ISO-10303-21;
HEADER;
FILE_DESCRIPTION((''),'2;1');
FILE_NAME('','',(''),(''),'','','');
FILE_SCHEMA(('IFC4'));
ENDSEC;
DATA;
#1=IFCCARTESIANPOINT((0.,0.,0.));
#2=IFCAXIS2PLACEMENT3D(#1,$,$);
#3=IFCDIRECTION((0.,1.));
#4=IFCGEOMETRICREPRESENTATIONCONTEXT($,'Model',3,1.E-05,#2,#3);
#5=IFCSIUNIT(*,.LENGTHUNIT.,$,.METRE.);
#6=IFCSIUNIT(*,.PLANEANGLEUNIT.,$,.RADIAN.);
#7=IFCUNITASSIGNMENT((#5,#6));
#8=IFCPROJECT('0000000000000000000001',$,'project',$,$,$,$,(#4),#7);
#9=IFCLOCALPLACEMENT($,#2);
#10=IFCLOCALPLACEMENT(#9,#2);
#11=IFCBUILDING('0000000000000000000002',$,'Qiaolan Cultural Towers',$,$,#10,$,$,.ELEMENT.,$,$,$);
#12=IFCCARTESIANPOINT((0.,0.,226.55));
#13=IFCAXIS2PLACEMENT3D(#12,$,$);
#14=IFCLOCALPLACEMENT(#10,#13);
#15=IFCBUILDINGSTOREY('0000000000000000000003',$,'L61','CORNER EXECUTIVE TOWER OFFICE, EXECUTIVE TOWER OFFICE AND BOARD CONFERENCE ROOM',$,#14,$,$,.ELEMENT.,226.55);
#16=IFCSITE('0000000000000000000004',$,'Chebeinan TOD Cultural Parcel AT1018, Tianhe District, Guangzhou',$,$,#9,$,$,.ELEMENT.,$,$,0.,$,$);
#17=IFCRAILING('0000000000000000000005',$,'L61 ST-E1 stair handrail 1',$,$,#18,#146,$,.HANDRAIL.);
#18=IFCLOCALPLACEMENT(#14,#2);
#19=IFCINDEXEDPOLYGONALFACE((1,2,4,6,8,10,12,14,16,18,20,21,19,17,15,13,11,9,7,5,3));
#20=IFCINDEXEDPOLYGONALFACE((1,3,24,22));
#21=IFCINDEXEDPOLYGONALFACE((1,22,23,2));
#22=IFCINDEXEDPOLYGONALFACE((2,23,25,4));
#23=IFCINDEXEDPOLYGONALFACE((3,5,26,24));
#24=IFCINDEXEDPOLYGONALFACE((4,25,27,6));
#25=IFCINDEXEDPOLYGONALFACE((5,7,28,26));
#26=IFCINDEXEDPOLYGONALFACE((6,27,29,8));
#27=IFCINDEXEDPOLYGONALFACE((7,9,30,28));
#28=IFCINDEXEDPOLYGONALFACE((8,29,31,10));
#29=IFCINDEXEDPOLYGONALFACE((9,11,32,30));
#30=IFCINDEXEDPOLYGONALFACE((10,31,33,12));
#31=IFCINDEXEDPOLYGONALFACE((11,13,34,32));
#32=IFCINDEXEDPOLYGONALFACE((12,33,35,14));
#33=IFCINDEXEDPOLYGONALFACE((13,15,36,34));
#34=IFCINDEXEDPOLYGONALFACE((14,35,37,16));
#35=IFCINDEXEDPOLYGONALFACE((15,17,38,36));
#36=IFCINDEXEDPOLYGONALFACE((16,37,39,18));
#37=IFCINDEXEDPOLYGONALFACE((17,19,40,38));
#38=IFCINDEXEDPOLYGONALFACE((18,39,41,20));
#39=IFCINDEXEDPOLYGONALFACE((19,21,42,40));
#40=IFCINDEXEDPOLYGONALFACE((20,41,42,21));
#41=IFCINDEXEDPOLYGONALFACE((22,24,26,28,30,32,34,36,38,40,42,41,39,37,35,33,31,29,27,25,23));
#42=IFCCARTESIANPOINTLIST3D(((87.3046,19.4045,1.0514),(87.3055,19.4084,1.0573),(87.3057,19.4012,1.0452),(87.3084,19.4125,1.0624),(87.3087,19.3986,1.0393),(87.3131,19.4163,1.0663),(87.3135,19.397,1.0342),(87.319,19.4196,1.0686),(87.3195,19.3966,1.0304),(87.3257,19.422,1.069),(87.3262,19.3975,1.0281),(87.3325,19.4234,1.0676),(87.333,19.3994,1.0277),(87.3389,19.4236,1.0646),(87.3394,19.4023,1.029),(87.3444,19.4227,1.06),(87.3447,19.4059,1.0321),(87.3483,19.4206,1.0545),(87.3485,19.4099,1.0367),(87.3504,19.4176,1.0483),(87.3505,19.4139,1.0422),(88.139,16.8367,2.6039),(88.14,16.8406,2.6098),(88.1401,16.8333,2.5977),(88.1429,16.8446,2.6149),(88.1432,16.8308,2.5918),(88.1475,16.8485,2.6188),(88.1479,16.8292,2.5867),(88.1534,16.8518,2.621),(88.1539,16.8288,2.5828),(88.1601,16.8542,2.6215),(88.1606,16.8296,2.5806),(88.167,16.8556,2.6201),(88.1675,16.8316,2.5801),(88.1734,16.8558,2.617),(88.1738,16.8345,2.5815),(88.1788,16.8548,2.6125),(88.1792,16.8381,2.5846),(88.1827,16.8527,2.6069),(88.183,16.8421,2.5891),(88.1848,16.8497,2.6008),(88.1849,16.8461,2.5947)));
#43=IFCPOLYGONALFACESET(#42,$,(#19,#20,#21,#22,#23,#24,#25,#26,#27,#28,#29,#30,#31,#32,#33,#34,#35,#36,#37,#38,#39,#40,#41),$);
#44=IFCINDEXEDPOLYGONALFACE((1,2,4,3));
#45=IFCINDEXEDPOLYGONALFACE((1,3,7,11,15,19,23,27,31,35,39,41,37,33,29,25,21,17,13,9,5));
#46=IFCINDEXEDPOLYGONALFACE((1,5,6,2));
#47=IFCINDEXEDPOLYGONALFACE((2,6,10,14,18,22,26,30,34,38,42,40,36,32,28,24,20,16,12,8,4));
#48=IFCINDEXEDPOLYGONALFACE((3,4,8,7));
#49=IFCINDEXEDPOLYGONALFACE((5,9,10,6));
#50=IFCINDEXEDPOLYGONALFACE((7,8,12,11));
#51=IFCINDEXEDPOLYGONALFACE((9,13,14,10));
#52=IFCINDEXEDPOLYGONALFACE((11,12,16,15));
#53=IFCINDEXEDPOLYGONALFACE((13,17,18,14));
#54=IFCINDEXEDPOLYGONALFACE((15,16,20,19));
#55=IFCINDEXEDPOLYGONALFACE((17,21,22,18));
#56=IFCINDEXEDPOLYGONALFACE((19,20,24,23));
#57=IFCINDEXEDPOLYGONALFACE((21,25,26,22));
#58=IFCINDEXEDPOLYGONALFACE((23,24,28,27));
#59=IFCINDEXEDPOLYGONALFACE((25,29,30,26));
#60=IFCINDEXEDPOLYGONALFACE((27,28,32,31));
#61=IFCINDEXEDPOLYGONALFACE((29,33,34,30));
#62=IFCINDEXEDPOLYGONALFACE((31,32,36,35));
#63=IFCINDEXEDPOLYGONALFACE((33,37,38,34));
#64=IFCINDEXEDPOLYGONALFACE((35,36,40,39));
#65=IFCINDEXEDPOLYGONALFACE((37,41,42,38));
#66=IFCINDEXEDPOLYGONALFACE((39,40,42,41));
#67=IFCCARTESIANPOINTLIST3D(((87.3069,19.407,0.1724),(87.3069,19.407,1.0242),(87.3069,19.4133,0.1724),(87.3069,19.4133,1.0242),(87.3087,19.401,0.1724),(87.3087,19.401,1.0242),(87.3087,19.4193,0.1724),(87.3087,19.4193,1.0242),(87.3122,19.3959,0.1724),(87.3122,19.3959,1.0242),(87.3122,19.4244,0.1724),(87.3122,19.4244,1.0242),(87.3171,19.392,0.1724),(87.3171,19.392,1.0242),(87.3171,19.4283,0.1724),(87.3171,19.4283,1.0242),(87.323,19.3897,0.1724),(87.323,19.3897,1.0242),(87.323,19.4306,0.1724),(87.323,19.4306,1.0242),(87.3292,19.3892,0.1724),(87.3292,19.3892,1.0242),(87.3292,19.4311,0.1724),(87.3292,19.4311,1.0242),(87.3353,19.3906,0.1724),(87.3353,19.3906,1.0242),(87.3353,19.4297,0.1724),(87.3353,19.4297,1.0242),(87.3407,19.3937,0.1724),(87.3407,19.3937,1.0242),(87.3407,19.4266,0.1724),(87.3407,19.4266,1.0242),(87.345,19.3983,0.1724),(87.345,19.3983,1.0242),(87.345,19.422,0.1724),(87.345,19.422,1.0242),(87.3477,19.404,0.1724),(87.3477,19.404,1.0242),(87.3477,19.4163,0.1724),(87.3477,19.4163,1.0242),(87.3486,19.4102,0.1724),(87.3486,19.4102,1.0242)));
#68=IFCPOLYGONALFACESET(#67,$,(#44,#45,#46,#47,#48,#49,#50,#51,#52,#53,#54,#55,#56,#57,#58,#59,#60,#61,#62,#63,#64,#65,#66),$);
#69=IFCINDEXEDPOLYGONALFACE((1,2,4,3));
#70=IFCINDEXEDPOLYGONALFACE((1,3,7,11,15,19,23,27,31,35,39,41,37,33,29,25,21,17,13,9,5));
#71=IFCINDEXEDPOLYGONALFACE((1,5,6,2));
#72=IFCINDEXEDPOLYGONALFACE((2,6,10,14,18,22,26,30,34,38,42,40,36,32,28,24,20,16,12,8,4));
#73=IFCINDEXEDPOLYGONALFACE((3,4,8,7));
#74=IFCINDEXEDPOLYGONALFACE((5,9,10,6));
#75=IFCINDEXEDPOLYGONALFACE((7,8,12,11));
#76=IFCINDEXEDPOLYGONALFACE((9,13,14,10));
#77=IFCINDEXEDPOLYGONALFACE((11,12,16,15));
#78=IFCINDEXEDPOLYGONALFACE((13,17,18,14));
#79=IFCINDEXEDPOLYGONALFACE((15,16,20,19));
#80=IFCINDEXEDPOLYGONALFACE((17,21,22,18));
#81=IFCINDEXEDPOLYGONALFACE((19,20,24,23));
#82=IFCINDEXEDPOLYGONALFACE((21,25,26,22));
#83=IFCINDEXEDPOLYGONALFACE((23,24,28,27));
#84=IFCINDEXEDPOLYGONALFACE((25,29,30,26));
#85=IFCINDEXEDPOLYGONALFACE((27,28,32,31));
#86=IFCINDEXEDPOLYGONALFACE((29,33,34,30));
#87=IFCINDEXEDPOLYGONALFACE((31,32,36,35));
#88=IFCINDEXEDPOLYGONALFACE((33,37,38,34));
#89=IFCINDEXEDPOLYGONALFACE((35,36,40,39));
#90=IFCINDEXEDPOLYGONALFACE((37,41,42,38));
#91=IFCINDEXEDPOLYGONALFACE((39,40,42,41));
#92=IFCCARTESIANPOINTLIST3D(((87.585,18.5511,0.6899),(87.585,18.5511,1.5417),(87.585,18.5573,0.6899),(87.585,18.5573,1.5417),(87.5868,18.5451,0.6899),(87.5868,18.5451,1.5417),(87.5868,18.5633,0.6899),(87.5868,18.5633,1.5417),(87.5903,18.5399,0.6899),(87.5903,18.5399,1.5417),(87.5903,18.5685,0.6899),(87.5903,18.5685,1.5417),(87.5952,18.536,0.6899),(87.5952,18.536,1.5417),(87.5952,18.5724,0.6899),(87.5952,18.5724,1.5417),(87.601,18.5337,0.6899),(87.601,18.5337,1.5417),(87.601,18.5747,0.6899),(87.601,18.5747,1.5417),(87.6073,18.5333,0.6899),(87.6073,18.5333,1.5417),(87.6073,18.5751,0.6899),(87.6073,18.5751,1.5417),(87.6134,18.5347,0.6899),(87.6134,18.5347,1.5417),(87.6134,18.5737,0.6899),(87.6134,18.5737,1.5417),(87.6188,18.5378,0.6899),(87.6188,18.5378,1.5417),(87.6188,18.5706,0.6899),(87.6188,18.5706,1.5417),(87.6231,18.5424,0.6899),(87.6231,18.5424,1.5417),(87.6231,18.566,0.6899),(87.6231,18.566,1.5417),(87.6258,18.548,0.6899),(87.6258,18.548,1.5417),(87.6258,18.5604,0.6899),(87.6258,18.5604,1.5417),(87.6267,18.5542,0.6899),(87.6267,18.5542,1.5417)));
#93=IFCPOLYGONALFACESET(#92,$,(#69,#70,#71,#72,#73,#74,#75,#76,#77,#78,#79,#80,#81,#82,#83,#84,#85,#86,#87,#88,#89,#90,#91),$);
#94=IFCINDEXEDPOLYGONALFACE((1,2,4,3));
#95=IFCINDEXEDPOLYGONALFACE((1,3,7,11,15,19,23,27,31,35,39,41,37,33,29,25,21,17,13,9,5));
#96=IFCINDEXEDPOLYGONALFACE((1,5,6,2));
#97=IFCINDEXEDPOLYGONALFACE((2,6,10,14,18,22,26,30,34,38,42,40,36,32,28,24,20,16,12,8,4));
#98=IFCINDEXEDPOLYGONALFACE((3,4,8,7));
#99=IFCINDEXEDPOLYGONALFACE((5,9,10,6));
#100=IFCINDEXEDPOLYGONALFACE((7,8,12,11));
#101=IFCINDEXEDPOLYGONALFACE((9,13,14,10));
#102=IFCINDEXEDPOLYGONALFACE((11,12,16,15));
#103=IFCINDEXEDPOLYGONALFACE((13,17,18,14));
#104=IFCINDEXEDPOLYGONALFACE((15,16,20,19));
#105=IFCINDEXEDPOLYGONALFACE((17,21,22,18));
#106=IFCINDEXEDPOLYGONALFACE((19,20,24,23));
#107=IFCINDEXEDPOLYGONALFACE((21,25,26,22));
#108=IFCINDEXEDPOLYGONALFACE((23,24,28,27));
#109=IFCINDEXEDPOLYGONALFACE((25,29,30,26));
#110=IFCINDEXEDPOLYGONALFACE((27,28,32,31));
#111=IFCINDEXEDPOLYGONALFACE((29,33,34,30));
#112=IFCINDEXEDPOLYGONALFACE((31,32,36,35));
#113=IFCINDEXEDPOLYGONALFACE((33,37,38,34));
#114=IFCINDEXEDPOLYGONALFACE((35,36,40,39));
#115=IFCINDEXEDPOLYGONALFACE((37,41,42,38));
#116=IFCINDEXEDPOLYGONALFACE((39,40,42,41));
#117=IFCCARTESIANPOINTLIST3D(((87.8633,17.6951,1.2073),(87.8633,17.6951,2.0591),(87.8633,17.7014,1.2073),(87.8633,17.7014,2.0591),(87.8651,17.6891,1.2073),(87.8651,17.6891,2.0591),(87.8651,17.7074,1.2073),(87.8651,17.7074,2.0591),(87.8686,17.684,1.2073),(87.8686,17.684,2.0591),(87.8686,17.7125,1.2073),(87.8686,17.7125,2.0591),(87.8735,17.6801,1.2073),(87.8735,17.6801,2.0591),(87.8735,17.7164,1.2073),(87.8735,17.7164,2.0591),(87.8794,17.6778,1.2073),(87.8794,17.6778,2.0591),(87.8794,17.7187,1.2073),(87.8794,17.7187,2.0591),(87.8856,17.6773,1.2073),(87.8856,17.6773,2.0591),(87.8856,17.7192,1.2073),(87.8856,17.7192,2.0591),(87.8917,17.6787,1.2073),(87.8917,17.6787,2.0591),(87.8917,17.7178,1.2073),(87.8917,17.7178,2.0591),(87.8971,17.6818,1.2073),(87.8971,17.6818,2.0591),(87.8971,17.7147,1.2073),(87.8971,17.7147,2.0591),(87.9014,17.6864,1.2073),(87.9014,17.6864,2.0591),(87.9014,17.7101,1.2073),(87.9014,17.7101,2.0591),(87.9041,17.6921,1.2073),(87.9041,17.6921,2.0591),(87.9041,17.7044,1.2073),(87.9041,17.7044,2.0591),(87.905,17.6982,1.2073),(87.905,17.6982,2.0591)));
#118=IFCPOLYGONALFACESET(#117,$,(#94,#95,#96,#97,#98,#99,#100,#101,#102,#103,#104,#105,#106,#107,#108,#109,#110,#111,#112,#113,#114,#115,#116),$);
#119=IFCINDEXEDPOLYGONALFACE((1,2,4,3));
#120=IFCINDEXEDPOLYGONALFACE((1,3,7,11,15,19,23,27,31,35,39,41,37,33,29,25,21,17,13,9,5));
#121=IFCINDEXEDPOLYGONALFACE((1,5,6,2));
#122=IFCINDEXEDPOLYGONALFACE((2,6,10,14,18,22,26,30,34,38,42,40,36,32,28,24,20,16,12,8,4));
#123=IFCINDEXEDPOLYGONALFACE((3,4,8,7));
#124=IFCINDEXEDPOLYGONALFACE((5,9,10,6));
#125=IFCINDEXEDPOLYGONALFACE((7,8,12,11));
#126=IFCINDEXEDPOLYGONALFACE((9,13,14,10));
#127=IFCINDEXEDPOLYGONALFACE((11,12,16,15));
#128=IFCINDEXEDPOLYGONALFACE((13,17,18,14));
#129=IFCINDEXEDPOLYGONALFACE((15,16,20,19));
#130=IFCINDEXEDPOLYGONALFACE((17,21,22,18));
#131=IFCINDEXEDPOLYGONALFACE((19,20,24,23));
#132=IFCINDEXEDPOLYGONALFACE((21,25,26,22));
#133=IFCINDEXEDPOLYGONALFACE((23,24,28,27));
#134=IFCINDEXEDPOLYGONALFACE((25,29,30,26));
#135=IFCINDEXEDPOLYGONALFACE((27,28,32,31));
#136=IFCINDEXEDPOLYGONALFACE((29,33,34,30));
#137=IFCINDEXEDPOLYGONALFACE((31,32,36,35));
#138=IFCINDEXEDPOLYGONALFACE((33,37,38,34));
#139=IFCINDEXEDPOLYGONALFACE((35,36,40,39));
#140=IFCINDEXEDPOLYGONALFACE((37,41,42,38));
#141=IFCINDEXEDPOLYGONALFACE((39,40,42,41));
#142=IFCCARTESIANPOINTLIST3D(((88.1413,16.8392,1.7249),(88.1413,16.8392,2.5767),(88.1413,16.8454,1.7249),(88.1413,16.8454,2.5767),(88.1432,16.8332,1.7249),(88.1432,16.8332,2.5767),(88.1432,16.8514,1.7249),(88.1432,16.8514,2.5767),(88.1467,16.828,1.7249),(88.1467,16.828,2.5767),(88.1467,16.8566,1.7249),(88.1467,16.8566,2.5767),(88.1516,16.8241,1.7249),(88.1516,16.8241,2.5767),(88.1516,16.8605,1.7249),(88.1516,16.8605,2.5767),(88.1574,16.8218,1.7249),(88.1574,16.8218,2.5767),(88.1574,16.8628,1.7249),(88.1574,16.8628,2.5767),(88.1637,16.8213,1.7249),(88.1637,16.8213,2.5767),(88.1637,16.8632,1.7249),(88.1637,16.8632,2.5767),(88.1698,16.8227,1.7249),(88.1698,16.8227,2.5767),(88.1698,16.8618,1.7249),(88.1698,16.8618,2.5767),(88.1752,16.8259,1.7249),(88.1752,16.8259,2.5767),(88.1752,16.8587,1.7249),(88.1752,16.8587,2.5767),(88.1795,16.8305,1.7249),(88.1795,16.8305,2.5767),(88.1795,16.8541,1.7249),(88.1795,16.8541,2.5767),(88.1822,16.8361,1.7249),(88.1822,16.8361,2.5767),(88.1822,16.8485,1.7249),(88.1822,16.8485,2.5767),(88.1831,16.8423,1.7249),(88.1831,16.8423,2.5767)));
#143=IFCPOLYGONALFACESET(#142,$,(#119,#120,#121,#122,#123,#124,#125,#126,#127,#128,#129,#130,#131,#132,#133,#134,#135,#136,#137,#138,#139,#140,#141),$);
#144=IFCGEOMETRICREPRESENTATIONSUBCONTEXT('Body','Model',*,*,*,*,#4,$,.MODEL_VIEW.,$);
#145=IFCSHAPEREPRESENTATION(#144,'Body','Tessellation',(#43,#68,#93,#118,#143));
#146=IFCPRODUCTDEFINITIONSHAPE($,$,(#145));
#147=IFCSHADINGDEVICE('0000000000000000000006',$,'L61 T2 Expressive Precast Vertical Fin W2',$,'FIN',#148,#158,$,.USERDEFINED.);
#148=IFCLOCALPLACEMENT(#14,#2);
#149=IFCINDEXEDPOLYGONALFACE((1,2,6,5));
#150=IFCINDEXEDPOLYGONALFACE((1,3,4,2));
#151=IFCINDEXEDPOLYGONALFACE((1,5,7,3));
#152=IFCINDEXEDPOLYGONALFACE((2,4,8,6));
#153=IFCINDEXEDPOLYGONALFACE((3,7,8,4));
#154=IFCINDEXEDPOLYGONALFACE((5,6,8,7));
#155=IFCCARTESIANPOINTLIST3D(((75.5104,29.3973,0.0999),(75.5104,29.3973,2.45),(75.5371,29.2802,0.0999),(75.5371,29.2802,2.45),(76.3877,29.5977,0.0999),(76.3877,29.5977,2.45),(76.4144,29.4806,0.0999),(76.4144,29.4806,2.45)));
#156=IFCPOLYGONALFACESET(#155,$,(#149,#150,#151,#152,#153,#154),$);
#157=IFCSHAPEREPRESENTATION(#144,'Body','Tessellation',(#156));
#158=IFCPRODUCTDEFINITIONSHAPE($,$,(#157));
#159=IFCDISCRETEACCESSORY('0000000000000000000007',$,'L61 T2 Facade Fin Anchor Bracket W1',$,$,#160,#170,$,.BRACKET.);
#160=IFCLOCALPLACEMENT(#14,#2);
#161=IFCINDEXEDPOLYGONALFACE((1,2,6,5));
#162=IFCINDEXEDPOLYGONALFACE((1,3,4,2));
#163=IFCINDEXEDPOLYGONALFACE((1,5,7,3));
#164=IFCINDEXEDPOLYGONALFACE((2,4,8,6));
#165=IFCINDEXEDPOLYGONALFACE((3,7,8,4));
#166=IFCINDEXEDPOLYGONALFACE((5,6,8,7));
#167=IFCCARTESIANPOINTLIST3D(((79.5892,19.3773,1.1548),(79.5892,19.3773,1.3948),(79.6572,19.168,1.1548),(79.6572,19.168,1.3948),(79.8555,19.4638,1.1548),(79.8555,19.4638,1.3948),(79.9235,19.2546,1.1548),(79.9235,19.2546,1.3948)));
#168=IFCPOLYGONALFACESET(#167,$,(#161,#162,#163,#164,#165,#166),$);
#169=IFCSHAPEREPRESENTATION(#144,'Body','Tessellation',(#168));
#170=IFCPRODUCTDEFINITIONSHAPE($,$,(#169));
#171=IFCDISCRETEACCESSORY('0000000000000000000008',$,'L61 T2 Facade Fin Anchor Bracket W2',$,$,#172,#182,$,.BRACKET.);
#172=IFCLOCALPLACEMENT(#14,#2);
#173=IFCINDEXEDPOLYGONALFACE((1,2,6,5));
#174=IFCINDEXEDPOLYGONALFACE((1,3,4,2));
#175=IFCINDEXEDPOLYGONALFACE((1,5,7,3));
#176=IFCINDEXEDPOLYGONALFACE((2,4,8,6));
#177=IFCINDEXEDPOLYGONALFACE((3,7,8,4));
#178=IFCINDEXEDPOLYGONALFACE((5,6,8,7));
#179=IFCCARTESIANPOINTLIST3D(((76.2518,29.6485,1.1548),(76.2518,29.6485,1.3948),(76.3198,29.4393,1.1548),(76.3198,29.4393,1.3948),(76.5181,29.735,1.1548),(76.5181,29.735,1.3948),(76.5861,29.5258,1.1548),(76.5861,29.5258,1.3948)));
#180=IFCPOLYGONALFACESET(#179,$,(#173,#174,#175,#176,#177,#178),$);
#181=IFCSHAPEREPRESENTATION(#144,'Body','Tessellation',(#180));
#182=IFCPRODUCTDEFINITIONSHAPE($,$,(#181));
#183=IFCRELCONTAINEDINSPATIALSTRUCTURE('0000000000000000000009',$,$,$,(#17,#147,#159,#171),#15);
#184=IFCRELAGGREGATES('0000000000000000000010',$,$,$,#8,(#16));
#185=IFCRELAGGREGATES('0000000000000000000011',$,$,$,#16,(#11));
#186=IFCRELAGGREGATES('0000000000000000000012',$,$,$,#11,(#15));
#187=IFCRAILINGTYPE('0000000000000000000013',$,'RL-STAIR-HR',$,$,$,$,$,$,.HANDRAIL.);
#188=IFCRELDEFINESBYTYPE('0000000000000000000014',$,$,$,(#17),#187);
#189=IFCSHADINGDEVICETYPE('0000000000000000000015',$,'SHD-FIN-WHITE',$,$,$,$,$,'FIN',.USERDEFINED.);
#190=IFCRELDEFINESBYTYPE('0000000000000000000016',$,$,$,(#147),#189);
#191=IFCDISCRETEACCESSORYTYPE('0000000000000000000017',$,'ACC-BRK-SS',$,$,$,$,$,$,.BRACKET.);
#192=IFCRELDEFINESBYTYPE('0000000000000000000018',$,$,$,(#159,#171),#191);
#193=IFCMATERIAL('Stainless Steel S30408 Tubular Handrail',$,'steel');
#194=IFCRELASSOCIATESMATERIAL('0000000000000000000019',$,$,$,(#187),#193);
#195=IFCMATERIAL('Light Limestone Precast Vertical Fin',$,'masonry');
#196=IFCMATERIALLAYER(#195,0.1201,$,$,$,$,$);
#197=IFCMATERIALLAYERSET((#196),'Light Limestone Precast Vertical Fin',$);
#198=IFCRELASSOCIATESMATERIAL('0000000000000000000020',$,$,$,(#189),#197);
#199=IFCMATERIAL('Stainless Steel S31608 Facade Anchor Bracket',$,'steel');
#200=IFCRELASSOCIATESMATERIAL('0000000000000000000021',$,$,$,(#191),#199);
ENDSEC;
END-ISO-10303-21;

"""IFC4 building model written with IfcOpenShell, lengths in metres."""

from ifc_helpers import new_model, si_unit, direction, frame, origin, origin_2d, place, context, subcontext, project, spatial, rectangle, circle, extrude, material, layer, layer_set, type_object, element, save


model = new_model("IFC4")

# Units and contexts
model_context = context("Model", 3, precision=1e-05, world=origin(), true_north=direction((0.0, 1.0)))
body_context = subcontext(model_context, "Body", "Model", "MODEL_VIEW")
ifc_project = project(units=[si_unit("LENGTHUNIT", "METRE"), si_unit("PLANEANGLEUNIT", "RADIAN")], contexts=[model_context])

# Site, building, storey
site_placement = place(None, origin())
site = spatial("IfcSite", under=ifc_project, at=site_placement, Name="Chebeinan TOD Cultural Parcel AT1018, Tianhe District, Guangzhou", CompositionType="ELEMENT", RefElevation=0.0)
building_placement = place(site_placement, origin())
building = spatial("IfcBuilding", under=site, at=building_placement, Name="Qiaolan Cultural Towers", CompositionType="ELEMENT")
storey_placement = place(building_placement, frame((0.0, 0.0, 226.55)))
storey = spatial("IfcBuildingStorey", under=building, at=storey_placement, Name="L61", Description="CORNER EXECUTIVE TOWER OFFICE, EXECUTIVE TOWER OFFICE AND BOARD CONFERENCE ROOM", CompositionType="ELEMENT", Elevation=226.55)

# Railing
ifc_material_1 = material(Name="Stainless Steel S30408 Tubular Handrail", Category="steel")
railing_type_1 = type_object("IfcRailingType", Name="RL-STAIR-HR", PredefinedType="HANDRAIL", material=ifc_material_1)
railing_1_placement = place(storey_placement, frame((87.3276, 19.4102, 0.1724)))
element("IfcRailing", 1, at=railing_1_placement, inside=storey, type_object=railing_type_1, Name="L61 ST-E1 stair handrail 1", PredefinedType="HANDRAIL", context=body_context, shape_type="SweptSolid", body=[
    extrude(circle(Radius=0.0239, at=origin_2d()), frame((0.0, 0.0, 0.876), z_axis=(0.267926, -0.824471, 0.498461), x_axis=(0.951043, 0.309057, 0.0)), (0.0, 0.0, 1.0), 3.1145),
    extrude(circle(Radius=0.021, at=origin_2d()), origin(), (0.0, 0.0, 1.0), 0.8518),
    extrude(circle(Radius=0.021, at=origin_2d()), frame((0.2781, -0.856, 0.5176)), (0.0, 0.0, 1.0), 0.8518),
    extrude(circle(Radius=0.021, at=origin_2d()), frame((0.5564, -1.7119, 1.0349)), (0.0, 0.0, 1.0), 0.8518),
    extrude(circle(Radius=0.021, at=origin_2d()), frame((0.8345, -2.5679, 1.5525)), (0.0, 0.0, 1.0), 0.8518),
])

# Shading device
ifc_material_2 = material(Name="Light Limestone Precast Vertical Fin", Category="masonry")
ifc_layer_1 = layer(ifc_material_2, 0.1201)
ifc_layer_set_1 = layer_set([ifc_layer_1], Name="Light Limestone Precast Vertical Fin")
shading_device_type = type_object("IfcShadingDeviceType", Name="SHD-FIN-WHITE", ElementType="FIN", PredefinedType="USERDEFINED", material=ifc_layer_set_1)
shading_device_placement = place(storey_placement, frame((75.9624, 29.439, 0.0999), z_axis=(0.0, 0.0, 1.0), x_axis=(0.974879, 0.222735, 0.0)))
element("IfcShadingDevice", 2, at=shading_device_placement, inside=storey, type_object=shading_device_type, Name="L61 T2 Expressive Precast Vertical Fin W2", ObjectType="FIN", PredefinedType="USERDEFINED", context=body_context, shape_type="SweptSolid", body=[
    extrude(rectangle(XDim=0.8999, YDim=0.1201, at=origin_2d()), origin(), (0.0, 0.0, 1.0), 2.3501),
])

# Discrete accessories
ifc_material_3 = material(Name="Stainless Steel S31608 Facade Anchor Bracket", Category="steel")
discrete_accessory_type = type_object("IfcDiscreteAccessoryType", Name="ACC-BRK-SS", PredefinedType="BRACKET", material=ifc_material_3)
for number, where, z_axis, x_axis, name in (
    (3, (79.7563, 19.3159, 1.1548), (0.0, 0.0, 1.0), (0.951057, 0.309017, 0.0), "L61 T2 Facade Fin Anchor Bracket W1"),
    (4, (76.4189, 29.5872, 1.1548), (0.0, 0.0, 1.0), (0.951057, 0.309017, 0.0), "L61 T2 Facade Fin Anchor Bracket W2"),
):
    element("IfcDiscreteAccessory", number, at=place(storey_placement, frame(where, z_axis=z_axis, x_axis=x_axis)), inside=storey, type_object=discrete_accessory_type, Name=name, PredefinedType="BRACKET", context=body_context, shape_type="SweptSolid", body=[
        extrude(rectangle(XDim=0.28, YDim=0.22, at=origin_2d()), origin(), (0.0, 0.0, 1.0), 0.24),
    ])

save(model, "model.ifc")
